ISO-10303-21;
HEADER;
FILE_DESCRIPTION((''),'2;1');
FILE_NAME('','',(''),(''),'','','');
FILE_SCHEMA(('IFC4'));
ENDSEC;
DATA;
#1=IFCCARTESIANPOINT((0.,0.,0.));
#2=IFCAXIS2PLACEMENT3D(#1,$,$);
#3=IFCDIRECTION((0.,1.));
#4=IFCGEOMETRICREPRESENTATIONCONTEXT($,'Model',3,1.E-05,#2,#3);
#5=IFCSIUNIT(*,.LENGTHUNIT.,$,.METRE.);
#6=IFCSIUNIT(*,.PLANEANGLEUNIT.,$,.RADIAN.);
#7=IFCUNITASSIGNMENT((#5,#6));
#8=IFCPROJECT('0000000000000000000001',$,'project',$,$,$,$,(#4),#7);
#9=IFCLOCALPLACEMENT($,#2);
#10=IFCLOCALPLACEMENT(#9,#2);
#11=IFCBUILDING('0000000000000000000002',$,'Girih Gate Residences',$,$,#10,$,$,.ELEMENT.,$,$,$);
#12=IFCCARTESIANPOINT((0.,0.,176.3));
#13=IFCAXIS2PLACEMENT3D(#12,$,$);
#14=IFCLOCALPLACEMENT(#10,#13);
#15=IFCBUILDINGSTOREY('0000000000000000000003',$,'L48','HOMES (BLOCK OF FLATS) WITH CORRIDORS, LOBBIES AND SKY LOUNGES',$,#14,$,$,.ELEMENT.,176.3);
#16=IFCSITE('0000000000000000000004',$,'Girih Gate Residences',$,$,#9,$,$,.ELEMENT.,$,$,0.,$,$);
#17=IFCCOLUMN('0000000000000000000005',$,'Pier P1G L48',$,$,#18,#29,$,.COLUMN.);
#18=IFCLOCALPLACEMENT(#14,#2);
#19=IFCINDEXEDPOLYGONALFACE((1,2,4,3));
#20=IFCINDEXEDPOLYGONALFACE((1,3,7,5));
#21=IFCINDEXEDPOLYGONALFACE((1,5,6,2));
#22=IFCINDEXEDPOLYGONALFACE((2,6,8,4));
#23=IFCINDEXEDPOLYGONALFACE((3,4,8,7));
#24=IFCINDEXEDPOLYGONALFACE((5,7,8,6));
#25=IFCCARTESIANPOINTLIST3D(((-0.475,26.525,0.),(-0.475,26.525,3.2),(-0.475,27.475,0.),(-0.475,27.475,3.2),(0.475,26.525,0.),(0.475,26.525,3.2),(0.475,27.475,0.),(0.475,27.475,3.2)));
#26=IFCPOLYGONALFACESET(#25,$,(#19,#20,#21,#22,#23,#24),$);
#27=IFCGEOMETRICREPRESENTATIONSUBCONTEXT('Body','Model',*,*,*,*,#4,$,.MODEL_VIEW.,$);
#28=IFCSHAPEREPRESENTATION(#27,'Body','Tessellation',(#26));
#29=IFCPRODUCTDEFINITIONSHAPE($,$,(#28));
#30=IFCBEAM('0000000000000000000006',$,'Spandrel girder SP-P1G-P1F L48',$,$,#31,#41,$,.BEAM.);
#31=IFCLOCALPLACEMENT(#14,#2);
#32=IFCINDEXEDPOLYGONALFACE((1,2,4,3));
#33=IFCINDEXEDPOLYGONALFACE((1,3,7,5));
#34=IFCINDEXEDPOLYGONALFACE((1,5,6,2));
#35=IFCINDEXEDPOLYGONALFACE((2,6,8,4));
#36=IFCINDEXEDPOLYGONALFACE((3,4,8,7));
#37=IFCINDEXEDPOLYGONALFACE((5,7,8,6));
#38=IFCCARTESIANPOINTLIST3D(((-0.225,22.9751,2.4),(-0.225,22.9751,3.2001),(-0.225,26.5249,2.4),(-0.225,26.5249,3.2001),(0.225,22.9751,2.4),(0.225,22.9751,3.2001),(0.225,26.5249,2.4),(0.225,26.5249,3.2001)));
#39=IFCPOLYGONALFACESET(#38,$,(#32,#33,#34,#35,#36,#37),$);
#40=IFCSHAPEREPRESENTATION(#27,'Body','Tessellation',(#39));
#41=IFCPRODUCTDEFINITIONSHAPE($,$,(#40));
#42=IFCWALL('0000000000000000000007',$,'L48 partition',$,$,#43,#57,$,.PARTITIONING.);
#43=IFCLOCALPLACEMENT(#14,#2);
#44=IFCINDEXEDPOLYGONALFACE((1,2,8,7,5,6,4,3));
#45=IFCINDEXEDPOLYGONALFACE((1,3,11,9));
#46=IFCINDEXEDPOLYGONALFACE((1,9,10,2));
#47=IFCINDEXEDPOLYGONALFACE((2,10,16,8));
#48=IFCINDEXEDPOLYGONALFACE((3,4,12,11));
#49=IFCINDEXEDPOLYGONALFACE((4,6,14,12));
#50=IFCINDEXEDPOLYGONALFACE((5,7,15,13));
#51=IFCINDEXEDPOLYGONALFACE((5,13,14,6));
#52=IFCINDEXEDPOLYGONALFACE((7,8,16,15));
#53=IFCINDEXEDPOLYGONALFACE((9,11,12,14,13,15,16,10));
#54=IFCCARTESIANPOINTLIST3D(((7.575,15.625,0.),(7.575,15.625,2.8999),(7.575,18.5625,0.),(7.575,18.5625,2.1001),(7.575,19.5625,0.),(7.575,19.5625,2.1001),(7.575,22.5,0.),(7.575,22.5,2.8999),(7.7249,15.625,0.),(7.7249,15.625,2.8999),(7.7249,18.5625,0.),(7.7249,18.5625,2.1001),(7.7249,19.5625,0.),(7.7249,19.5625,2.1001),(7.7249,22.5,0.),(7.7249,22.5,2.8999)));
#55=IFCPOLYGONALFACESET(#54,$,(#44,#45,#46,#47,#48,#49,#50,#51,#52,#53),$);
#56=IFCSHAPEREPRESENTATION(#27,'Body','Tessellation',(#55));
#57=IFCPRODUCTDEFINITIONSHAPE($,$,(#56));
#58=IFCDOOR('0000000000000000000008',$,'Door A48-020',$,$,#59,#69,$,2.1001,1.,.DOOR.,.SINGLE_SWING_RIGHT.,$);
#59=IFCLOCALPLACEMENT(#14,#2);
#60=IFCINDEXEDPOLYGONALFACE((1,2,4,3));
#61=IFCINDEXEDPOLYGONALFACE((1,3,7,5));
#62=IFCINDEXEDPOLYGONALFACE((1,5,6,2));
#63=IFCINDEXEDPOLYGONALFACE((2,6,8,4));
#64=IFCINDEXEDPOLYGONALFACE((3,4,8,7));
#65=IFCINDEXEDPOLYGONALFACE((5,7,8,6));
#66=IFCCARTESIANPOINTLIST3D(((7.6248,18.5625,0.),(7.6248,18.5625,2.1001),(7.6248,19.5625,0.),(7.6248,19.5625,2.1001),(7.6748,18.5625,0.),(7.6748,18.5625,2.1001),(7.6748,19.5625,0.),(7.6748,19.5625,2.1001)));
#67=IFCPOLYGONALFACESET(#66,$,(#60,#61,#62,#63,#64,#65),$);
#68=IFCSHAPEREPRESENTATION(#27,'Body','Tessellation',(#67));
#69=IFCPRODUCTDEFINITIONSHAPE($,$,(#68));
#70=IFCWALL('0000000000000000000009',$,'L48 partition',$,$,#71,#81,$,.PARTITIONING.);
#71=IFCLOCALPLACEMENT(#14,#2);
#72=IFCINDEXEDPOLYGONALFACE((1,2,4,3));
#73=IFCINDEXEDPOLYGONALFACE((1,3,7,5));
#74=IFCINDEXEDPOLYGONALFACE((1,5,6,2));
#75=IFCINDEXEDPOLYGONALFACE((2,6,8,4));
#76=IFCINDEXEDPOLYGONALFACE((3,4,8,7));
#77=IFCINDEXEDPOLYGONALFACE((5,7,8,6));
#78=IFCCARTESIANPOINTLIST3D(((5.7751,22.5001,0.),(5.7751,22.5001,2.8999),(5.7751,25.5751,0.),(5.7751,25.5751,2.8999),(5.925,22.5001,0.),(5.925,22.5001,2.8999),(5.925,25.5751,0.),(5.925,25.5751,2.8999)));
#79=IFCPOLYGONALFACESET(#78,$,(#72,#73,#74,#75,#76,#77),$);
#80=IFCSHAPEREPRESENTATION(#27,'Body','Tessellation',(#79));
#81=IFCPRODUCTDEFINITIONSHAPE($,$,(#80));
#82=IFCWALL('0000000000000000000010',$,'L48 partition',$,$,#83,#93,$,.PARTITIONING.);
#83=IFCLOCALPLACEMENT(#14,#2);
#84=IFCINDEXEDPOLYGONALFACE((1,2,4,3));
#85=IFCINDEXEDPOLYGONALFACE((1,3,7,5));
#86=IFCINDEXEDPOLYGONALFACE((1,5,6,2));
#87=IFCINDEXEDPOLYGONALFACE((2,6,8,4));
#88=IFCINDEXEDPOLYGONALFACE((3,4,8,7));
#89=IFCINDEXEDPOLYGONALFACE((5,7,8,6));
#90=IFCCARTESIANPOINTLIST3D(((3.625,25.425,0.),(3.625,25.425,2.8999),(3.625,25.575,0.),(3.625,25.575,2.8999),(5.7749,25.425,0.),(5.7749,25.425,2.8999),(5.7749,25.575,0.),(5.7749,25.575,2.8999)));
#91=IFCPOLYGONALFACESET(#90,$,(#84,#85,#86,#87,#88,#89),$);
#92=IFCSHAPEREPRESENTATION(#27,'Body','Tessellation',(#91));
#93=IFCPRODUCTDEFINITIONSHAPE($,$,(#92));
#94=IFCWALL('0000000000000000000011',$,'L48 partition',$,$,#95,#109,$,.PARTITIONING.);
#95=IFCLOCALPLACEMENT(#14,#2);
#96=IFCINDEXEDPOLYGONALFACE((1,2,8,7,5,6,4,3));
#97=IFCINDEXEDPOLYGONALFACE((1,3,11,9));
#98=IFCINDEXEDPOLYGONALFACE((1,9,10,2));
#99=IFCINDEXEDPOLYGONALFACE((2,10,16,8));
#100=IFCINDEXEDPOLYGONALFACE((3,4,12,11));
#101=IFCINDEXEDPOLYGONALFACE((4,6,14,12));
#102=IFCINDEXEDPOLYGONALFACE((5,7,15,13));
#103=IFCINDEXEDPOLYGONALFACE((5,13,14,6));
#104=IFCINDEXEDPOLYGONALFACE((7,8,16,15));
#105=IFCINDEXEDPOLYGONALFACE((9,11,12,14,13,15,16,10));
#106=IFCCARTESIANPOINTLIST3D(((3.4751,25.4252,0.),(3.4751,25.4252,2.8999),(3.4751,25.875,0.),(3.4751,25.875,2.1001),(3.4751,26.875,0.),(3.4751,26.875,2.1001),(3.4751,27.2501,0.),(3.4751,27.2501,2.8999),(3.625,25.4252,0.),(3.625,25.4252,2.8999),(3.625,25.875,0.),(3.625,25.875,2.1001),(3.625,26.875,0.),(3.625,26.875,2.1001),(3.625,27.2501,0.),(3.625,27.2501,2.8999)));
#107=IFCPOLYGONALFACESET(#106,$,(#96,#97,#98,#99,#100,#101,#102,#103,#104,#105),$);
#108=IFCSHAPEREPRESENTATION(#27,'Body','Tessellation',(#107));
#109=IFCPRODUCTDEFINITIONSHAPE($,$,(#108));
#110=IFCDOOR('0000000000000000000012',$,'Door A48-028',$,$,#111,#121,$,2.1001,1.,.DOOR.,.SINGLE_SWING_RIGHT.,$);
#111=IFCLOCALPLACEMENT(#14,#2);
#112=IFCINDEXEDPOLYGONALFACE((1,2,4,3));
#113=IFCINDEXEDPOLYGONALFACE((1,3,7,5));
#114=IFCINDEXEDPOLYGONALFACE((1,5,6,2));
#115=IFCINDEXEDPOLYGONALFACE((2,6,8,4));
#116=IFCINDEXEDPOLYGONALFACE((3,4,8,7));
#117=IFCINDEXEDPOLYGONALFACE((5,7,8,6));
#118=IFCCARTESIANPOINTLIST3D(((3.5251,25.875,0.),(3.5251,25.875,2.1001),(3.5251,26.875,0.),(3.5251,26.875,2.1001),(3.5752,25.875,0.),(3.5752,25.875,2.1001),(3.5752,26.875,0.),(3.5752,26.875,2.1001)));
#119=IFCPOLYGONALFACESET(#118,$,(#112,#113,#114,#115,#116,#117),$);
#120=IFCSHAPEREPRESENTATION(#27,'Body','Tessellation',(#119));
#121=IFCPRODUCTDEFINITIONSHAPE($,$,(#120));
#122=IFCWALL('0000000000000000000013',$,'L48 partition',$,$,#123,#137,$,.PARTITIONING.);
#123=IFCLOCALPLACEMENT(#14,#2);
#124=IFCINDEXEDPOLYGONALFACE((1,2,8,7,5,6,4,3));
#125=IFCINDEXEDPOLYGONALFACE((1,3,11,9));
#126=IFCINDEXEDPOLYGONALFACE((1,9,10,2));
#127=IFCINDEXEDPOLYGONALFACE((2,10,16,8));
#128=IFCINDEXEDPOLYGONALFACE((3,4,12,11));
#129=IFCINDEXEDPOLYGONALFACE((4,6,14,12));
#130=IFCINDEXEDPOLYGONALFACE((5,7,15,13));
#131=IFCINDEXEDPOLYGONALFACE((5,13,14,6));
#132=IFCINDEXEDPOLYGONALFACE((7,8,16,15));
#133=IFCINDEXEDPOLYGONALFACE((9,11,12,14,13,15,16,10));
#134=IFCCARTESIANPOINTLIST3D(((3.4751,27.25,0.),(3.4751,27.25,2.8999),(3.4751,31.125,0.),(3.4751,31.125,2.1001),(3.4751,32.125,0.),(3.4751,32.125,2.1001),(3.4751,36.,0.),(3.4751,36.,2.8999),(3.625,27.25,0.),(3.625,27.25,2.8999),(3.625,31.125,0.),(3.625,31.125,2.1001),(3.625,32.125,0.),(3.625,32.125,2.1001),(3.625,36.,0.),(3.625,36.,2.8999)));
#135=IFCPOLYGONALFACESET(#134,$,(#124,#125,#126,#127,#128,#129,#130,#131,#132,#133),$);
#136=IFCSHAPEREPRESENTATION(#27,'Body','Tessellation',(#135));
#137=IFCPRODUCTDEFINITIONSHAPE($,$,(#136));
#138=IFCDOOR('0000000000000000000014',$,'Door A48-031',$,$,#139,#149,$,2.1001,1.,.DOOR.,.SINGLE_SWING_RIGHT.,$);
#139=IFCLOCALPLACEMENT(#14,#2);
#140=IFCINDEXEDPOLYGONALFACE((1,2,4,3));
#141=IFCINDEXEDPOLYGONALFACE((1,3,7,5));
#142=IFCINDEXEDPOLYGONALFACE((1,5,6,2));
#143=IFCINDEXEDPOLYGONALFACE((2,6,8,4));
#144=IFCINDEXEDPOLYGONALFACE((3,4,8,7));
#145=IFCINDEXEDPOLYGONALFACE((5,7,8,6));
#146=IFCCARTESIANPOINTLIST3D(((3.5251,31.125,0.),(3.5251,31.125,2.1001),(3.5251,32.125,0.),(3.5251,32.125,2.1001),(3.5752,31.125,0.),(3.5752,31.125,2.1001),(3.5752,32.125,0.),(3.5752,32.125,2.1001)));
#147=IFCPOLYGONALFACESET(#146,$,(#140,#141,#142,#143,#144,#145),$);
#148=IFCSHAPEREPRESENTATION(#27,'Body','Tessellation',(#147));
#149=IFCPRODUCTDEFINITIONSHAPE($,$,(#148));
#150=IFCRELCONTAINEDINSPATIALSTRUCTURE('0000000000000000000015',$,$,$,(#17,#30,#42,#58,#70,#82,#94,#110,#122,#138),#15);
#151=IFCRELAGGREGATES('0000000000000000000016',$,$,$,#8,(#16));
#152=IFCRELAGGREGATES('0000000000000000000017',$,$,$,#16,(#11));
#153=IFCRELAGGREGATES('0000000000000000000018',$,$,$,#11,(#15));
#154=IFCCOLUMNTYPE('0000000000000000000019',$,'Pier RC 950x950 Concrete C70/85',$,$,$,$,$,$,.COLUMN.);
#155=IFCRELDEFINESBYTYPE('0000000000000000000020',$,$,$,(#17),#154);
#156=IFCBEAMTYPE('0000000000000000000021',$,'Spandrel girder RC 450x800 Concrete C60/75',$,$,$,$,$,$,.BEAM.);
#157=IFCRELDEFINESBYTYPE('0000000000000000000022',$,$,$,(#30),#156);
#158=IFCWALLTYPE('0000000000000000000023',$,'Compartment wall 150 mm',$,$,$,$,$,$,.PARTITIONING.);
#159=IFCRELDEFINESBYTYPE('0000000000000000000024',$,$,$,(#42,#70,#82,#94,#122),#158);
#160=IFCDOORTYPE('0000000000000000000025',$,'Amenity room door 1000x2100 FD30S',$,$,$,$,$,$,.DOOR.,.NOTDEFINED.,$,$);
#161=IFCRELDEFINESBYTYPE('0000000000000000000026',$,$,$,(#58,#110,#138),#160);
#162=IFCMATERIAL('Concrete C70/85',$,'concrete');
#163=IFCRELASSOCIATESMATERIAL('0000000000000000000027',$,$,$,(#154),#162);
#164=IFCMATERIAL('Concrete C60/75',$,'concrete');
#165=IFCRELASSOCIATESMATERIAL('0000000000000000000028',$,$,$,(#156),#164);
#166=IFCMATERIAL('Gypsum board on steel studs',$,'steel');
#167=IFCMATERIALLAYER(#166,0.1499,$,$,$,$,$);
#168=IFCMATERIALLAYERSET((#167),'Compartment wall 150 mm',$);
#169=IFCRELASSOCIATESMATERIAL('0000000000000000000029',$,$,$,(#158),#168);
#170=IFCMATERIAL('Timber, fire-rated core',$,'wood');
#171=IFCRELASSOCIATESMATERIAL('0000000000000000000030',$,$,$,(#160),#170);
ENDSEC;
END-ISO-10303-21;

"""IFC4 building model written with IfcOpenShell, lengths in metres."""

from ifc_helpers import new_model, si_unit, direction, frame, frame_2d, origin, origin_2d, place, context, subcontext, project, spatial, rectangle, extrude, material, layer, layer_set, material_profile, profile_set, type_object, element, fill, save


model = new_model("IFC4")

# Units and contexts
model_context = context("Model", 3, precision=1e-05, world=origin(), true_north=direction((0.0, 1.0)))
body_context = subcontext(model_context, "Body", "Model", "MODEL_VIEW")
ifc_project = project(units=[si_unit("LENGTHUNIT", "METRE"), si_unit("PLANEANGLEUNIT", "RADIAN")], contexts=[model_context])

# Site, building, storey
site_placement = place(None, origin())
site = spatial("IfcSite", under=ifc_project, at=site_placement, Name="Girih Gate Residences", CompositionType="ELEMENT", RefElevation=0.0)
building_placement = place(site_placement, origin())
building = spatial("IfcBuilding", under=site, at=building_placement, Name="Girih Gate Residences", CompositionType="ELEMENT")
storey_placement = place(building_placement, frame((0.0, 0.0, 176.3)))
storey = spatial("IfcBuildingStorey", under=building, at=storey_placement, Name="L48", Description="HOMES (BLOCK OF FLATS) WITH CORRIDORS, LOBBIES AND SKY LOUNGES", CompositionType="ELEMENT", Elevation=176.3)

# Column
ifc_material_1 = material(Name="Concrete C70/85", Category="concrete")
ifc_material_profile_1 = material_profile(ifc_material_1, rectangle(XDim=0.95, YDim=0.95, at=origin_2d()))
ifc_profile_set_1 = profile_set([ifc_material_profile_1], Name="Concrete C70/85")
column_type = type_object("IfcColumnType", Name="Pier RC 950x950 Concrete C70/85", PredefinedType="COLUMN", material=ifc_profile_set_1)
column_placement = place(storey_placement, frame((0.0, 27.0, 0.0), z_axis=(0.0, 0.0, 1.0), x_axis=(1.0, 0.0, 0.0)))
element("IfcColumn", 1, at=column_placement, inside=storey, type_object=column_type, Name="Pier P1G L48", PredefinedType="COLUMN", context=body_context, shape_type="SweptSolid", body=[
    extrude(rectangle(XDim=0.95, YDim=0.95, at=origin_2d()), origin(), (0.0, 0.0, 1.0), 3.2),
])

# Beam
ifc_material_2 = material(Name="Concrete C60/75", Category="concrete")
ifc_material_profile_2 = material_profile(ifc_material_2, rectangle(XDim=0.45, YDim=0.8, at=origin_2d()))
ifc_profile_set_2 = profile_set([ifc_material_profile_2], Name="Concrete C60/75")
beam_type = type_object("IfcBeamType", Name="Spandrel girder RC 450x800 Concrete C60/75", PredefinedType="BEAM", material=ifc_profile_set_2)
beam_placement = place(storey_placement, frame((0.0, 26.5249, 2.8), z_axis=(0.0, -1.0, 0.0), x_axis=(1.0, 0.0, 0.0)))
element("IfcBeam", 2, at=beam_placement, inside=storey, type_object=beam_type, Name="Spandrel girder SP-P1G-P1F L48", PredefinedType="BEAM", context=body_context, shape_type="SweptSolid", body=[
    extrude(rectangle(XDim=0.45, YDim=0.8, at=origin_2d()), origin(), (0.0, 0.0, 1.0), 3.5498),
])

# Wall, opening, door
ifc_material_3 = material(Name="Gypsum board on steel studs", Category="steel")
ifc_layer_1 = layer(ifc_material_3, 0.1499)
ifc_layer_set_1 = layer_set([ifc_layer_1], Name="Compartment wall 150 mm")
wall_type_1 = type_object("IfcWallType", Name="Compartment wall 150 mm", PredefinedType="PARTITIONING", material=ifc_layer_set_1)
wall_1_placement = place(storey_placement, frame((7.6499, 22.5, 0.0), z_axis=(0.0, 0.0, 1.0), x_axis=(0.0, -1.0, 0.0)))
wall_1 = element("IfcWall", 3, at=wall_1_placement, inside=storey, type_object=wall_type_1, Name="L48 partition", PredefinedType="PARTITIONING", context=body_context, shape_type="SweptSolid", body=[
    extrude(rectangle(XDim=6.875, YDim=0.1499, at=frame_2d((3.4375, 0.0))), origin(), (0.0, 0.0, 1.0), 2.8999),
])
opening_1_placement = place(wall_1_placement, frame((2.9375, 0.0, 0.0)))
opening_1 = element("IfcOpeningElement", 4, at=opening_1_placement, cuts=wall_1, PredefinedType="OPENING", context=body_context, shape_type="SweptSolid", body=[
    extrude(rectangle(XDim=1.0, YDim=2.1001, at=frame_2d((0.5, 1.05))), frame((0.0, 0.085, 0.0), z_axis=(0.0, -1.0, 0.0), x_axis=(1.0, 0.0, 0.0)), (0.0, 0.0, 1.0), 0.1699),
])
ifc_material_4 = material(Name="Timber, fire-rated core", Category="wood")
door_type_1 = type_object("IfcDoorType", Name="Amenity room door 1000x2100 FD30S", OperationType="NOTDEFINED", PredefinedType="DOOR", material=ifc_material_4)
door_1_placement = place(opening_1_placement, origin())
door_1 = element("IfcDoor", 5, at=door_1_placement, inside=storey, type_object=door_type_1, Name="Door A48-020", OperationType="SINGLE_SWING_RIGHT", OverallHeight=2.1001, OverallWidth=1.0, PredefinedType="DOOR", context=body_context, shape_type="SweptSolid", body=[
    extrude(rectangle(XDim=1.0, YDim=2.1001, at=frame_2d((0.5, 1.05))), frame((0.0, 0.0249, 0.0), z_axis=(0.0, -1.0, 0.0), x_axis=(1.0, 0.0, 0.0)), (0.0, 0.0, 1.0), 0.05),
])
fill(opening_1, door_1)

# Walls
wall_2_placement = place(storey_placement, frame((5.8501, 22.5, 0.0), z_axis=(0.0, 0.0, 1.0), x_axis=(0.0, 1.0, 0.0)))
element("IfcWall", 6, at=wall_2_placement, inside=storey, type_object=wall_type_1, Name="L48 partition", PredefinedType="PARTITIONING", context=body_context, shape_type="SweptSolid", body=[
    extrude(rectangle(XDim=3.075, YDim=0.1499, at=frame_2d((1.5376, 0.0))), origin(), (0.0, 0.0, 1.0), 2.8999),
])
wall_3_placement = place(storey_placement, frame((3.625, 25.5, 0.0), z_axis=(0.0, 0.0, 1.0), x_axis=(1.0, 0.0, 0.0)))
element("IfcWall", 7, at=wall_3_placement, inside=storey, type_object=wall_type_1, Name="L48 partition", PredefinedType="PARTITIONING", context=body_context, shape_type="SweptSolid", body=[
    extrude(rectangle(XDim=2.1499, YDim=0.1499, at=frame_2d((1.075, 0.0))), origin(), (0.0, 0.0, 1.0), 2.8999),
])

# Walls, openings, doors
wall_4_placement = place(storey_placement, frame((3.55, 25.425, 0.0), z_axis=(0.0, 0.0, 1.0), x_axis=(0.0, 1.0, 0.0)))
wall_4 = element("IfcWall", 8, at=wall_4_placement, inside=storey, type_object=wall_type_1, Name="L48 partition", PredefinedType="PARTITIONING", context=body_context, shape_type="SweptSolid", body=[
    extrude(rectangle(XDim=1.825, YDim=0.1499, at=frame_2d((0.9126, 0.0))), origin(), (0.0, 0.0, 1.0), 2.8999),
])
opening_2_placement = place(wall_4_placement, frame((0.45, 0.0, 0.0)))
opening_2 = element("IfcOpeningElement", 9, at=opening_2_placement, cuts=wall_4, PredefinedType="OPENING", context=body_context, shape_type="SweptSolid", body=[
    extrude(rectangle(XDim=1.0, YDim=2.1001, at=frame_2d((0.5, 1.05))), frame((0.0, 0.085, 0.0), z_axis=(0.0, -1.0, 0.0), x_axis=(1.0, 0.0, 0.0)), (0.0, 0.0, 1.0), 0.1699),
])
door_2_placement = place(opening_2_placement, origin())
door_2 = element("IfcDoor", 10, at=door_2_placement, inside=storey, type_object=door_type_1, Name="Door A48-028", OperationType="SINGLE_SWING_RIGHT", OverallHeight=2.1001, OverallWidth=1.0, PredefinedType="DOOR", context=body_context, shape_type="SweptSolid", body=[
    extrude(rectangle(XDim=1.0, YDim=2.1001, at=frame_2d((0.5, 1.05))), frame((0.0, 0.0249, 0.0), z_axis=(0.0, -1.0, 0.0), x_axis=(1.0, 0.0, 0.0)), (0.0, 0.0, 1.0), 0.05),
])
fill(opening_2, door_2)
wall_5_placement = place(storey_placement, frame((3.55, 27.25, 0.0), z_axis=(0.0, 0.0, 1.0), x_axis=(0.0, 1.0, 0.0)))
wall_5 = element("IfcWall", 11, at=wall_5_placement, inside=storey, type_object=wall_type_1, Name="L48 partition", PredefinedType="PARTITIONING", context=body_context, shape_type="SweptSolid", body=[
    extrude(rectangle(XDim=8.75, YDim=0.1499, at=frame_2d((4.375, 0.0))), origin(), (0.0, 0.0, 1.0), 2.8999),
])
opening_3_placement = place(wall_5_placement, frame((3.875, 0.0, 0.0)))
opening_3 = element("IfcOpeningElement", 12, at=opening_3_placement, cuts=wall_5, PredefinedType="OPENING", context=body_context, shape_type="SweptSolid", body=[
    extrude(rectangle(XDim=1.0, YDim=2.1001, at=frame_2d((0.5, 1.05))), frame((0.0, 0.085, 0.0), z_axis=(0.0, -1.0, 0.0), x_axis=(1.0, 0.0, 0.0)), (0.0, 0.0, 1.0), 0.1699),
])
door_3_placement = place(opening_3_placement, origin())
door_3 = element("IfcDoor", 13, at=door_3_placement, inside=storey, type_object=door_type_1, Name="Door A48-031", OperationType="SINGLE_SWING_RIGHT", OverallHeight=2.1001, OverallWidth=1.0, PredefinedType="DOOR", context=body_context, shape_type="SweptSolid", body=[
    extrude(rectangle(XDim=1.0, YDim=2.1001, at=frame_2d((0.5, 1.05))), frame((0.0, 0.0249, 0.0), z_axis=(0.0, -1.0, 0.0), x_axis=(1.0, 0.0, 0.0)), (0.0, 0.0, 1.0), 0.05),
])
fill(opening_3, door_3)

save(model, "model.ifc")
